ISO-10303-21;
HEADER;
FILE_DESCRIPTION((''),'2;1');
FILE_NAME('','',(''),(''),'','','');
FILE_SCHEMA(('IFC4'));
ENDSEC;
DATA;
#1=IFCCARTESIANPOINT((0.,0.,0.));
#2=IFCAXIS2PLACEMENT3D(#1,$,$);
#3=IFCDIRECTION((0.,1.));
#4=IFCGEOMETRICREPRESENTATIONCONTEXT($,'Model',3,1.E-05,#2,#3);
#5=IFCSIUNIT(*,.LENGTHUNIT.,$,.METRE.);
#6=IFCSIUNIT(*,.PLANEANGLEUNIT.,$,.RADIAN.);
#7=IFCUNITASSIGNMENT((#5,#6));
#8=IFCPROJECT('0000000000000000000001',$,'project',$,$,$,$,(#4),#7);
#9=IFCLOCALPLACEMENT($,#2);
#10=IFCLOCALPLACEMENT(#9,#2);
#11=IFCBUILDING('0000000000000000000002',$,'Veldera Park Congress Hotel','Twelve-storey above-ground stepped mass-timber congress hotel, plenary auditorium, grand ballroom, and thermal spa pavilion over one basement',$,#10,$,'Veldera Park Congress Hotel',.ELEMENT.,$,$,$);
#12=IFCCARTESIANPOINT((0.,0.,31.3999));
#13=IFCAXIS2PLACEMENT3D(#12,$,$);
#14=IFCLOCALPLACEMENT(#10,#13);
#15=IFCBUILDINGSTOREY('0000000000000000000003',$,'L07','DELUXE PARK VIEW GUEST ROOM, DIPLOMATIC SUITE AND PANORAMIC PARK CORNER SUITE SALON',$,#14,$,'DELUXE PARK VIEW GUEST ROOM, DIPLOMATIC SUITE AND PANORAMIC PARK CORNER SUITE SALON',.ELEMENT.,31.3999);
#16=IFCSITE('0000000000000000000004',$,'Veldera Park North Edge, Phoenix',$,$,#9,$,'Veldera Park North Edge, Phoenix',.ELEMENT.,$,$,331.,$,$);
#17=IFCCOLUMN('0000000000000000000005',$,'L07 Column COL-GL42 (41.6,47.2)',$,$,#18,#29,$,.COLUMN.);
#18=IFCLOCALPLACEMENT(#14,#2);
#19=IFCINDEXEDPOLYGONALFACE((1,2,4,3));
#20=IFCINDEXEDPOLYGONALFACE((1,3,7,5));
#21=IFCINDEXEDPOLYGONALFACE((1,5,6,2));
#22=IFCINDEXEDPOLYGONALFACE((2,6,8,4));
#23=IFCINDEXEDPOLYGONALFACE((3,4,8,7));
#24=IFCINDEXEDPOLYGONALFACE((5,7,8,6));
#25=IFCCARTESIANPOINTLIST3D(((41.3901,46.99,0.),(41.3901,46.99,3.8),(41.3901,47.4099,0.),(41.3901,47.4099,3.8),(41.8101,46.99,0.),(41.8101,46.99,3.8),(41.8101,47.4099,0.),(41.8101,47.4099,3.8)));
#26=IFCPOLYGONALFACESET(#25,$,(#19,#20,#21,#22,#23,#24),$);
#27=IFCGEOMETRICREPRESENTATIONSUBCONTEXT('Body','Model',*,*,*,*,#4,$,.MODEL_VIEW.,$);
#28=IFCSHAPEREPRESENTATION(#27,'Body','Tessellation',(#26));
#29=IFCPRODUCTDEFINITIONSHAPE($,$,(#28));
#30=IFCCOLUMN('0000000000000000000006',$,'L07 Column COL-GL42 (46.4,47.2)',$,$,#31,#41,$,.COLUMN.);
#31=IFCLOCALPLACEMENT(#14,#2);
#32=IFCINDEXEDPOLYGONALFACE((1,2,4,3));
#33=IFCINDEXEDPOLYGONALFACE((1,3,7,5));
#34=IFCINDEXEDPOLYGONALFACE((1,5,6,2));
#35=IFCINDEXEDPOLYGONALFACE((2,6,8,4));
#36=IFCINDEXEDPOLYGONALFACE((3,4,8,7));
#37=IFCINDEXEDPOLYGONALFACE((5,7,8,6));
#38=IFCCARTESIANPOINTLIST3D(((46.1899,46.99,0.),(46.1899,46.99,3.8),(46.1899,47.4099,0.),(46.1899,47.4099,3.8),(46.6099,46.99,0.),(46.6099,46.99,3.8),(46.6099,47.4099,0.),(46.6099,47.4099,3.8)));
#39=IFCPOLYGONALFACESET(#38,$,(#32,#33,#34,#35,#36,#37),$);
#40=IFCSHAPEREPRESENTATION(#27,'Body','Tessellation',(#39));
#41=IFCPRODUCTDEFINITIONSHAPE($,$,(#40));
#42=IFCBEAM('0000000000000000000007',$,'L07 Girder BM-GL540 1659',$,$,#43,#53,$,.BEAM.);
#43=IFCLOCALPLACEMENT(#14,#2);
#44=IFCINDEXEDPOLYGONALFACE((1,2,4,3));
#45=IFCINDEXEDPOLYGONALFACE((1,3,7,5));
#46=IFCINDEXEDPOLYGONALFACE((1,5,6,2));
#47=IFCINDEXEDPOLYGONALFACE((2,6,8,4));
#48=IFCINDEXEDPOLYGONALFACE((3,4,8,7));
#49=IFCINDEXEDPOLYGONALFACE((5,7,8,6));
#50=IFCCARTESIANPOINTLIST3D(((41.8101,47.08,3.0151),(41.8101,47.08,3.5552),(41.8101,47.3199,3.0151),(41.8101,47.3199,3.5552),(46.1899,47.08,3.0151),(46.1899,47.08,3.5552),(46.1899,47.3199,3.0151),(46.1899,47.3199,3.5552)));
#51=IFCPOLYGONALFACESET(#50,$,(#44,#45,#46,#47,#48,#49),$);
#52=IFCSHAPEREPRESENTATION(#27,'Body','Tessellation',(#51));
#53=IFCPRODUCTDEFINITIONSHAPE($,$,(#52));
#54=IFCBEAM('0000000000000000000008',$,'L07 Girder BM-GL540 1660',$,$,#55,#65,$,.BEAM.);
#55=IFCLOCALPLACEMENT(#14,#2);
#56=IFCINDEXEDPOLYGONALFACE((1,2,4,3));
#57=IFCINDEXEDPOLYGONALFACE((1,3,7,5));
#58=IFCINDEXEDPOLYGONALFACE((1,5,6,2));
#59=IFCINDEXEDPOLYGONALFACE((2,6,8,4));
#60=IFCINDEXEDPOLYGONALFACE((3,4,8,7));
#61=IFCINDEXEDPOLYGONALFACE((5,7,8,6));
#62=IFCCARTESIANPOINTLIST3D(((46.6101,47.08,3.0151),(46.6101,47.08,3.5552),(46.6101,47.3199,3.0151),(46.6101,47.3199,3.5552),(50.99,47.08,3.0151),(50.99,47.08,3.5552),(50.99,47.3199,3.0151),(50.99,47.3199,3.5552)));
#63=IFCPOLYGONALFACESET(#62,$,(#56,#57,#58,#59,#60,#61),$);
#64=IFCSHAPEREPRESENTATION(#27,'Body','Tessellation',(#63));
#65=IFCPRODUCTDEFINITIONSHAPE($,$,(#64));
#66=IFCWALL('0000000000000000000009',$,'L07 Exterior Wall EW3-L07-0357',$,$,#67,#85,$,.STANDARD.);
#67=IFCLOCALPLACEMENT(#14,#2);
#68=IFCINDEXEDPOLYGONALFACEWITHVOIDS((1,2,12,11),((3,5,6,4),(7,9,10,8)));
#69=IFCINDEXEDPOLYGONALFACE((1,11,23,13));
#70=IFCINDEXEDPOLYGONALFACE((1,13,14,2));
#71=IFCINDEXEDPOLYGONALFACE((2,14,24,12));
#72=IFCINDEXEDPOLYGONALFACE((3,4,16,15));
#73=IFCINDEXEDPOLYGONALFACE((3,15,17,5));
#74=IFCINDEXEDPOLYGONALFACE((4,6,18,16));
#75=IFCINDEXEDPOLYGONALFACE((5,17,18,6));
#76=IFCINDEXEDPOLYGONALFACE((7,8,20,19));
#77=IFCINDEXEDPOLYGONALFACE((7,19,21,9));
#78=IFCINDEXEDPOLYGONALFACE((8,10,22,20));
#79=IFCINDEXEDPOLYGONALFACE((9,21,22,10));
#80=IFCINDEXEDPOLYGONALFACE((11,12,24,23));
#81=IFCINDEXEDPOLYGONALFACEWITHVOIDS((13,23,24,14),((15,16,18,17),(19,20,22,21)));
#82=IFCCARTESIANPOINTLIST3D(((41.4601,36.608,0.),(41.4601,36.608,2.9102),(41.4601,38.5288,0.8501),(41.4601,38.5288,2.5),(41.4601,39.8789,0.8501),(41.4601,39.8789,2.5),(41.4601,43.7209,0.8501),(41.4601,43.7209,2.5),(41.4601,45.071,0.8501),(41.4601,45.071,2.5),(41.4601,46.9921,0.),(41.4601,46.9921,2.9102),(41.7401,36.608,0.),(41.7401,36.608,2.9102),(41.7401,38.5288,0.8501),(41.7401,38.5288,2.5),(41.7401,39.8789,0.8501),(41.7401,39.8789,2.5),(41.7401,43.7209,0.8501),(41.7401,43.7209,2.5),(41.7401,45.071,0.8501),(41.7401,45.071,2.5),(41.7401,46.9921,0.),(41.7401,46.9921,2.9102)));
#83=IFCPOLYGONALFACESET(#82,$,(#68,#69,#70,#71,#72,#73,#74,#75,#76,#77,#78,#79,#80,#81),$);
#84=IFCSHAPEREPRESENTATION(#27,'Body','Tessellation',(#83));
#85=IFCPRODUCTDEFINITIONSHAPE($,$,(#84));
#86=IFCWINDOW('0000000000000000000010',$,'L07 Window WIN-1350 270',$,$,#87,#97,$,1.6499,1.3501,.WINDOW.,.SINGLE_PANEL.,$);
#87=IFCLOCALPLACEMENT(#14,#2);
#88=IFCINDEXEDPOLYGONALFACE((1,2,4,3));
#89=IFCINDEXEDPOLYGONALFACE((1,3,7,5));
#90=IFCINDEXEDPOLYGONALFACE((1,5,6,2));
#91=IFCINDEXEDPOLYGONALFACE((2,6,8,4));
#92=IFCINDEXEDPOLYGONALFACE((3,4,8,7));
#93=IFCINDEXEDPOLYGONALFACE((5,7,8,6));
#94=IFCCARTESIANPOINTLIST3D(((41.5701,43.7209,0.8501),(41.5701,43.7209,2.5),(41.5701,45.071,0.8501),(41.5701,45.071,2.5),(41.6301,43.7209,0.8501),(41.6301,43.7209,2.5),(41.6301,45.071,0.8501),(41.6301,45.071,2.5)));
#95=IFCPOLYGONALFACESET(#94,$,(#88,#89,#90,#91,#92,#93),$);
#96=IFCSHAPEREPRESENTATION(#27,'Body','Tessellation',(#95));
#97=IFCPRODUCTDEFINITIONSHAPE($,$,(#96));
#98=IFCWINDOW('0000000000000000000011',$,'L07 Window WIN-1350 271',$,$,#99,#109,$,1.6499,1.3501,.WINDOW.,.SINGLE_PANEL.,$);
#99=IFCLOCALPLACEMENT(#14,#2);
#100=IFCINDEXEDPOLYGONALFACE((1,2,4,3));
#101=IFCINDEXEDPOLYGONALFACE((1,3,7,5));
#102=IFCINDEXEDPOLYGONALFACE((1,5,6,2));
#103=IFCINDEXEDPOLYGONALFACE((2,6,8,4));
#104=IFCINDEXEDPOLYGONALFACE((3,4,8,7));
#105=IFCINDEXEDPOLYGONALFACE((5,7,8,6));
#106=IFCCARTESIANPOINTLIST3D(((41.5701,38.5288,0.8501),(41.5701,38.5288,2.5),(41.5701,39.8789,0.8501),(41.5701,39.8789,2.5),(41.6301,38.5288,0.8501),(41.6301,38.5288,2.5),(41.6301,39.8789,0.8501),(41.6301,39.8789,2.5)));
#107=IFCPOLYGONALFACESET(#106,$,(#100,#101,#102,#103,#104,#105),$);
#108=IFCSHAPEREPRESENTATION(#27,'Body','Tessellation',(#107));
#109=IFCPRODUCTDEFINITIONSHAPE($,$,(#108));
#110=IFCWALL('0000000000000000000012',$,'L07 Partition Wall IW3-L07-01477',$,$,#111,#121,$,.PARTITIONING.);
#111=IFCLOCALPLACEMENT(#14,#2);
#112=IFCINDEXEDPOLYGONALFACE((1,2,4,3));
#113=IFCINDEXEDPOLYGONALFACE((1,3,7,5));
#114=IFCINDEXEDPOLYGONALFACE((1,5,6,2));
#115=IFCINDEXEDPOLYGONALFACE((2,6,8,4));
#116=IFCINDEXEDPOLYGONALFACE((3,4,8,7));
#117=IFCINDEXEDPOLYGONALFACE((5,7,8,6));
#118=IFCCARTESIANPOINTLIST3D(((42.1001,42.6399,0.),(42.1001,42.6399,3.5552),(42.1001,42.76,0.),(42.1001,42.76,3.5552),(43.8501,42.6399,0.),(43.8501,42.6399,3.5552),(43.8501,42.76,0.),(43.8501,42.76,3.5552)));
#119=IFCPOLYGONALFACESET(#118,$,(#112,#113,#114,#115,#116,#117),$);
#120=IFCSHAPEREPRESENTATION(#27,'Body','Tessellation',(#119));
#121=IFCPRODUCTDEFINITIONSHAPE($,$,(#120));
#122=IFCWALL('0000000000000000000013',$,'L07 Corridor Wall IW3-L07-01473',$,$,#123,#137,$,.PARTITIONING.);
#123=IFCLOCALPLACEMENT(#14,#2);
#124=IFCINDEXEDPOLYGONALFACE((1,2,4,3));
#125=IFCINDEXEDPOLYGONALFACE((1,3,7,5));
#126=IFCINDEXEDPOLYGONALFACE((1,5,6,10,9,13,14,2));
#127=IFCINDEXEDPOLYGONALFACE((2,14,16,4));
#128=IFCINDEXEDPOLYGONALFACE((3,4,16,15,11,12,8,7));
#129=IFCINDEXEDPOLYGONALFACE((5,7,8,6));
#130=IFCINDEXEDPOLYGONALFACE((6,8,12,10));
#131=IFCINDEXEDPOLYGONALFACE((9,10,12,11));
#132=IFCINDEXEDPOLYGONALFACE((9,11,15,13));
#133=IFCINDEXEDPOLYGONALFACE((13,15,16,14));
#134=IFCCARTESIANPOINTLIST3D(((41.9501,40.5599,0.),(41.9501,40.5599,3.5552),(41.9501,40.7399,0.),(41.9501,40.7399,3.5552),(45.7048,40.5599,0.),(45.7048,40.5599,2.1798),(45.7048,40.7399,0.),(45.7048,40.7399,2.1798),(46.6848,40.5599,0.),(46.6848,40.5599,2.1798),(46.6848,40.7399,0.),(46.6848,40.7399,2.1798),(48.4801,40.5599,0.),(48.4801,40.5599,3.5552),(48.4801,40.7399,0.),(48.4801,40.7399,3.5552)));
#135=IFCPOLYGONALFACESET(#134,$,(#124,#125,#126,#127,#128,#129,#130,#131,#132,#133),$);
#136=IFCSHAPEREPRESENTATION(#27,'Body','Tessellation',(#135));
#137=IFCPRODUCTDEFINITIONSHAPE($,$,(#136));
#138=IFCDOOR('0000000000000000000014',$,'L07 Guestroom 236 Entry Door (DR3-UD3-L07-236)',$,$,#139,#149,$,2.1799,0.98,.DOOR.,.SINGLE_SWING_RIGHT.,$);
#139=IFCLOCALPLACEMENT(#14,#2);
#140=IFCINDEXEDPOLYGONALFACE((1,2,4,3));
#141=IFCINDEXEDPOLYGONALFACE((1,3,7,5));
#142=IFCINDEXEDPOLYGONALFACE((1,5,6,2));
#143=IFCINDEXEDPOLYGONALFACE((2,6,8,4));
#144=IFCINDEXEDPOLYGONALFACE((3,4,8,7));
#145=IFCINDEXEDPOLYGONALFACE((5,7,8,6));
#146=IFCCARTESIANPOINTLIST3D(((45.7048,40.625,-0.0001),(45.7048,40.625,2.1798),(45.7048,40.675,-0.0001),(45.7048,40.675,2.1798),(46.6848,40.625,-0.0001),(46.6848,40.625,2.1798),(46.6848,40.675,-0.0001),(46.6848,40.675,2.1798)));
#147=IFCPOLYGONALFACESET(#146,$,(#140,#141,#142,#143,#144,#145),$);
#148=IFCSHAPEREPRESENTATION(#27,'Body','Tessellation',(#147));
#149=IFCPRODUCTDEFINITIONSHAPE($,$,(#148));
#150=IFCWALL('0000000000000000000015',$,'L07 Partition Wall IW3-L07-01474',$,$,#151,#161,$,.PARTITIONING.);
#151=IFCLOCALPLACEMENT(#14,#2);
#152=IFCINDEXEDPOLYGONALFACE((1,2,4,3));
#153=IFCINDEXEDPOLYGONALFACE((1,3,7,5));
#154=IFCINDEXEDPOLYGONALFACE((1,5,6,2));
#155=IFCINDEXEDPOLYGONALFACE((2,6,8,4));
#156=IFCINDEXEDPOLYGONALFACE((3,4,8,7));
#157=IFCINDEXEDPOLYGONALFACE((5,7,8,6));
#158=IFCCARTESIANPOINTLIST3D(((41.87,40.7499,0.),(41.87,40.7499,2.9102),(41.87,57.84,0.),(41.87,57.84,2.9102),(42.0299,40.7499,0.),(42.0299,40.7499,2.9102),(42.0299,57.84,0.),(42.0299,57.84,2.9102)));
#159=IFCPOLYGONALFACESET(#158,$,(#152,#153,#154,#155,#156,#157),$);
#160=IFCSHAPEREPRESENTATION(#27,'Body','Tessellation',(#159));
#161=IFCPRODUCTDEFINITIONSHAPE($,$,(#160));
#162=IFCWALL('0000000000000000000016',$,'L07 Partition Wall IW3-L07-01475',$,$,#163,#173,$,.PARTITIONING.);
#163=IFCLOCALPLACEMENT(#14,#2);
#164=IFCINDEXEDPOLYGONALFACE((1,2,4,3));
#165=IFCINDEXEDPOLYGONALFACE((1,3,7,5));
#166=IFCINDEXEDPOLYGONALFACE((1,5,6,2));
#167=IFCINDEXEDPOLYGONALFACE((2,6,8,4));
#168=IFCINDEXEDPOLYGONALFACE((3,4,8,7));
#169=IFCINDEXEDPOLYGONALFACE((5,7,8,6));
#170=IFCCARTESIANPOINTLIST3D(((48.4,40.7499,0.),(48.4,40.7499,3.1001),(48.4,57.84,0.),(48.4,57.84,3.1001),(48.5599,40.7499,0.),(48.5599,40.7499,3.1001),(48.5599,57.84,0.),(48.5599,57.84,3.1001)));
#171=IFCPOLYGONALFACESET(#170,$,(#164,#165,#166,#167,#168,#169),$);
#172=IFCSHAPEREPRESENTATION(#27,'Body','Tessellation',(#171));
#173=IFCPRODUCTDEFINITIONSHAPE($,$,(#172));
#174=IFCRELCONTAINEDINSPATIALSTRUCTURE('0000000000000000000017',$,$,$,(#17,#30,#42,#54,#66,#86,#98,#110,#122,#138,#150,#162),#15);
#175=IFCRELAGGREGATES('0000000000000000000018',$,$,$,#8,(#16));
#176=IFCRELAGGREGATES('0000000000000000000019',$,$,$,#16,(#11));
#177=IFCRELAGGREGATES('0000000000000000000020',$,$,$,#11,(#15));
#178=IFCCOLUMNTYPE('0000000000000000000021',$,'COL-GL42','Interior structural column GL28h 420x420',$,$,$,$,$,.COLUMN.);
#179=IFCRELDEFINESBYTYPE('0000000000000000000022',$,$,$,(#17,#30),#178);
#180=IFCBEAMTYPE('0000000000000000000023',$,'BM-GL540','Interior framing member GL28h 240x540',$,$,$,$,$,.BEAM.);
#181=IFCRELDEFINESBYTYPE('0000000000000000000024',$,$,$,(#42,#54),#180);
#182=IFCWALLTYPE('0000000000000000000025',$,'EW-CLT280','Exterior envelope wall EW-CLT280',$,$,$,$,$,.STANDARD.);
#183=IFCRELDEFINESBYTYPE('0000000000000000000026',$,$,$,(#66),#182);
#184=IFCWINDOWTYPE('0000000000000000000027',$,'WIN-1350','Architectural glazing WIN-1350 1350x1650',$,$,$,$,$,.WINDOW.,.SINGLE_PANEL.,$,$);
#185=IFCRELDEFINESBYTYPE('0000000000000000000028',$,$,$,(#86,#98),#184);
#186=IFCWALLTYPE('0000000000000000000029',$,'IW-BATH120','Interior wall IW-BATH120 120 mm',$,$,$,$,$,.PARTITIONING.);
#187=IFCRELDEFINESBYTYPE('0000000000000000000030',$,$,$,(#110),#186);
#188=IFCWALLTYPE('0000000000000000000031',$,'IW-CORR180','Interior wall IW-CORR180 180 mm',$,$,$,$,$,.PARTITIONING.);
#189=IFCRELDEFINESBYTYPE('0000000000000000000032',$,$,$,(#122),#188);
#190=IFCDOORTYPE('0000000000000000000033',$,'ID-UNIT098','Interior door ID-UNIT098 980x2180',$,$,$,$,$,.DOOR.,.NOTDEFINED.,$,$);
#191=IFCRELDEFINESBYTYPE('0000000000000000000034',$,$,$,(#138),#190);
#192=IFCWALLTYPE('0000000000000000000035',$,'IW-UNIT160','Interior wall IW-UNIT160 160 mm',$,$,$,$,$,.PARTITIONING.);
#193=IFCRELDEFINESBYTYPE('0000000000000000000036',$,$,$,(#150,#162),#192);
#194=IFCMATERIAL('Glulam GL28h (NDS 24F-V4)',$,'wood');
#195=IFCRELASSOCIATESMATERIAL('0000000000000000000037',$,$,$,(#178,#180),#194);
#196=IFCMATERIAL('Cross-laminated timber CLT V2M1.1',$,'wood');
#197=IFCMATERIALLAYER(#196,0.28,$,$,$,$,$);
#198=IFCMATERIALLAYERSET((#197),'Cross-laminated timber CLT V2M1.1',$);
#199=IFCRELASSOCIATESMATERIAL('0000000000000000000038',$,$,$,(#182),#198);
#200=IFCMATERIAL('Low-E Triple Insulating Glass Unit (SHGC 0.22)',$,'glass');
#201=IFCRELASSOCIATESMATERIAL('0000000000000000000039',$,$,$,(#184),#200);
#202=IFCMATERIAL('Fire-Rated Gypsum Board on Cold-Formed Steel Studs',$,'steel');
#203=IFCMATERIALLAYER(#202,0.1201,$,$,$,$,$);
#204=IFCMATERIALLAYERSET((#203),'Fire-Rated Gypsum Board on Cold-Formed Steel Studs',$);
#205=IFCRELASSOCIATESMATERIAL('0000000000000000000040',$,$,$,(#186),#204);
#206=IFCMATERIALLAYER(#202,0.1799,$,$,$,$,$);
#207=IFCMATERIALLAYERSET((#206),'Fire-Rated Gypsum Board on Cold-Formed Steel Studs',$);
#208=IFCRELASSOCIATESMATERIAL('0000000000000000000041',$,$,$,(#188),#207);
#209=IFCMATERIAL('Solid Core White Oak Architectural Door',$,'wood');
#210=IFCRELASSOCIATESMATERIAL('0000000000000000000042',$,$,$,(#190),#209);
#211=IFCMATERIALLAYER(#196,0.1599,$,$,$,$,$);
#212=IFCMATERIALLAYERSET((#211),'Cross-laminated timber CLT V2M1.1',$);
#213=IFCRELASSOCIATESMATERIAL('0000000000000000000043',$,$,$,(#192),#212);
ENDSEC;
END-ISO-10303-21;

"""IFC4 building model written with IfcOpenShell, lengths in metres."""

from ifc_helpers import new_model, si_unit, direction, frame, frame_2d, origin, origin_2d, place, context, subcontext, project, spatial, rectangle, extrude, material, layer, layer_set, material_profile, profile_set, type_object, element, fill, save


model = new_model("IFC4")

# Units and contexts
model_context = context("Model", 3, precision=1e-05, world=origin(), true_north=direction((0.0, 1.0)))
body_context = subcontext(model_context, "Body", "Model", "MODEL_VIEW")
ifc_project = project(units=[si_unit("LENGTHUNIT", "METRE"), si_unit("PLANEANGLEUNIT", "RADIAN")], contexts=[model_context])

# Site, building, storey
site_placement = place(None, origin())
site = spatial("IfcSite", under=ifc_project, at=site_placement, Name="Veldera Park North Edge, Phoenix", LongName="Veldera Park North Edge, Phoenix", CompositionType="ELEMENT", RefElevation=331.0)
building_placement = place(site_placement, origin())
building = spatial("IfcBuilding", under=site, at=building_placement, Name="Veldera Park Congress Hotel", Description="Twelve-storey above-ground stepped mass-timber congress hotel, plenary auditorium, grand ballroom, and thermal spa pavilion over one basement", LongName="Veldera Park Congress Hotel", CompositionType="ELEMENT")
storey_placement = place(building_placement, frame((0.0, 0.0, 31.3999)))
storey = spatial("IfcBuildingStorey", under=building, at=storey_placement, Name="L07", Description="DELUXE PARK VIEW GUEST ROOM, DIPLOMATIC SUITE AND PANORAMIC PARK CORNER SUITE SALON", LongName="DELUXE PARK VIEW GUEST ROOM, DIPLOMATIC SUITE AND PANORAMIC PARK CORNER SUITE SALON", CompositionType="ELEMENT", Elevation=31.3999)

# Columns
ifc_material_1 = material(Name="Glulam GL28h (NDS 24F-V4)", Category="wood")
ifc_material_profile_1 = material_profile(ifc_material_1, rectangle(XDim=0.4199, YDim=0.4199, at=origin_2d()), Name="GL28h 420x420")
ifc_profile_set_1 = profile_set([ifc_material_profile_1], Name="Glulam GL28h (NDS 24F-V4)")
column_type = type_object("IfcColumnType", Name="COL-GL42", Description="Interior structural column GL28h 420x420", PredefinedType="COLUMN", material=ifc_profile_set_1)
for number, where, z_axis, x_axis, name in (
    (1, (41.6001, 47.2, 0.0), (0.0, 0.0, 1.0), (1.0, 0.0, 0.0), "L07 Column COL-GL42 (41.6,47.2)"),
    (2, (46.3999, 47.2, 0.0), (0.0, 0.0, 1.0), (1.0, 0.0, 0.0), "L07 Column COL-GL42 (46.4,47.2)"),
):
    element("IfcColumn", number, at=place(storey_placement, frame(where, z_axis=z_axis, x_axis=x_axis)), inside=storey, type_object=column_type, Name=name, PredefinedType="COLUMN", context=body_context, shape_type="SweptSolid", body=[
        extrude(rectangle(XDim=0.4199, YDim=0.4199, at=origin_2d()), origin(), (0.0, 0.0, 1.0), 3.8),
    ])

# Beams
ifc_material_profile_2 = material_profile(ifc_material_1, rectangle(XDim=0.24, YDim=0.54, at=origin_2d()), Name="GL28h 240x540")
ifc_profile_set_2 = profile_set([ifc_material_profile_2], Name="Glulam GL28h (NDS 24F-V4)")
beam_type = type_object("IfcBeamType", Name="BM-GL540", Description="Interior framing member GL28h 240x540", PredefinedType="BEAM", material=ifc_profile_set_2)
for number, where, z_axis, x_axis, name in (
    (3, (41.8101, 47.2, 3.2852), (1.0, 0.0, 0.0), (0.0, 1.0, 0.0), "L07 Girder BM-GL540 1659"),
    (4, (46.6101, 47.2, 3.2852), (1.0, 0.0, 0.0), (0.0, 1.0, 0.0), "L07 Girder BM-GL540 1660"),
):
    element("IfcBeam", number, at=place(storey_placement, frame(where, z_axis=z_axis, x_axis=x_axis)), inside=storey, type_object=beam_type, Name=name, PredefinedType="BEAM", context=body_context, shape_type="SweptSolid", body=[
        extrude(rectangle(XDim=0.24, YDim=0.54, at=origin_2d()), origin(), (0.0, 0.0, 1.0), 4.3799),
    ])

# Wall, openings, windows
ifc_material_2 = material(Name="Cross-laminated timber CLT V2M1.1", Category="wood")
ifc_layer_1 = layer(ifc_material_2, 0.28)
ifc_layer_set_1 = layer_set([ifc_layer_1], Name="Cross-laminated timber CLT V2M1.1")
wall_type_1 = type_object("IfcWallType", Name="EW-CLT280", Description="Exterior envelope wall EW-CLT280", PredefinedType="STANDARD", material=ifc_layer_set_1)
wall_1_placement = place(storey_placement, frame((41.6001, 46.9919, 0.0), z_axis=(0.0, 0.0, 1.0), x_axis=(0.0, -1.0, 0.0)))
wall_1 = element("IfcWall", 5, at=wall_1_placement, inside=storey, type_object=wall_type_1, Name="L07 Exterior Wall EW3-L07-0357", PredefinedType="STANDARD", context=body_context, shape_type="SweptSolid", body=[
    extrude(rectangle(XDim=10.384, YDim=0.28, at=frame_2d((5.1919, 0.0))), origin(), (0.0, 0.0, 1.0), 2.9102),
])
opening_1_placement = place(wall_1_placement, frame((1.9209, 0.0, 0.8501)))
opening_1 = element("IfcOpeningElement", 6, at=opening_1_placement, cuts=wall_1, PredefinedType="OPENING", context=body_context, shape_type="SweptSolid", body=[
    extrude(rectangle(XDim=1.3501, YDim=1.6499, at=frame_2d((0.675, 0.825))), frame((0.0, 0.1521, 0.0), z_axis=(0.0, -1.0, 0.0), x_axis=(1.0, 0.0, 0.0)), (0.0, 0.0, 1.0), 0.304),
])
opening_2_placement = place(wall_1_placement, frame((7.113, 0.0, 0.8501)))
opening_2 = element("IfcOpeningElement", 7, at=opening_2_placement, cuts=wall_1, PredefinedType="OPENING", context=body_context, shape_type="SweptSolid", body=[
    extrude(rectangle(XDim=1.3501, YDim=1.6499, at=frame_2d((0.675, 0.825))), frame((0.0, 0.1521, 0.0), z_axis=(0.0, -1.0, 0.0), x_axis=(1.0, 0.0, 0.0)), (0.0, 0.0, 1.0), 0.304),
])
ifc_material_3 = material(Name="Low-E Triple Insulating Glass Unit (SHGC 0.22)", Category="glass")
window_type = type_object("IfcWindowType", Name="WIN-1350", Description="Architectural glazing WIN-1350 1350x1650", PartitioningType="SINGLE_PANEL", PredefinedType="WINDOW", material=ifc_material_3)
window_1_placement = place(opening_1_placement, origin())
window_1 = element("IfcWindow", 8, at=window_1_placement, inside=storey, type_object=window_type, Name="L07 Window WIN-1350 270", OverallHeight=1.6499, OverallWidth=1.3501, PartitioningType="SINGLE_PANEL", PredefinedType="WINDOW", context=body_context, shape_type="SweptSolid", body=[
    extrude(rectangle(XDim=1.3501, YDim=1.6499, at=frame_2d((0.675, 0.825))), frame((0.0, 0.03, 0.0), z_axis=(0.0, -1.0, 0.0), x_axis=(1.0, 0.0, 0.0)), (0.0, 0.0, 1.0), 0.0601),
])
fill(opening_1, window_1)
window_2_placement = place(opening_2_placement, origin())
window_2 = element("IfcWindow", 9, at=window_2_placement, inside=storey, type_object=window_type, Name="L07 Window WIN-1350 271", OverallHeight=1.6499, OverallWidth=1.3501, PartitioningType="SINGLE_PANEL", PredefinedType="WINDOW", context=body_context, shape_type="SweptSolid", body=[
    extrude(rectangle(XDim=1.3501, YDim=1.6499, at=frame_2d((0.675, 0.825))), frame((0.0, 0.03, 0.0), z_axis=(0.0, -1.0, 0.0), x_axis=(1.0, 0.0, 0.0)), (0.0, 0.0, 1.0), 0.0601),
])
fill(opening_2, window_2)

# Shared definitions
ifc_material_4 = material(Name="Fire-Rated Gypsum Board on Cold-Formed Steel Studs", Category="steel")
ifc_layer_2 = layer(ifc_material_4, 0.1201)
ifc_layer_set_2 = layer_set([ifc_layer_2], Name="Fire-Rated Gypsum Board on Cold-Formed Steel Studs")
wall_type_2 = type_object("IfcWallType", Name="IW-BATH120", Description="Interior wall IW-BATH120 120 mm", PredefinedType="PARTITIONING", material=ifc_layer_set_2)
ifc_material_5 = material(Name="Solid Core White Oak Architectural Door", Category="wood")

# Wall
wall_2_placement = place(storey_placement, frame((42.1001, 42.7, 0.0), z_axis=(0.0, 0.0, 1.0), x_axis=(1.0, 0.0, 0.0)))
element("IfcWall", 10, at=wall_2_placement, inside=storey, type_object=wall_type_2, Name="L07 Partition Wall IW3-L07-01477", PredefinedType="PARTITIONING", context=body_context, shape_type="SweptSolid", body=[
    extrude(rectangle(XDim=1.75, YDim=0.1201, at=frame_2d((0.875, 0.0))), origin(), (0.0, 0.0, 1.0), 3.5552),
])

# Wall, opening, door
ifc_layer_3 = layer(ifc_material_4, 0.1799)
ifc_layer_set_3 = layer_set([ifc_layer_3], Name="Fire-Rated Gypsum Board on Cold-Formed Steel Studs")
wall_type_3 = type_object("IfcWallType", Name="IW-CORR180", Description="Interior wall IW-CORR180 180 mm", PredefinedType="PARTITIONING", material=ifc_layer_set_3)
wall_3_placement = place(storey_placement, frame((41.95, 40.6499, 0.0), z_axis=(0.0, 0.0, 1.0), x_axis=(1.0, 0.0, 0.0)))
wall_3 = element("IfcWall", 11, at=wall_3_placement, inside=storey, type_object=wall_type_3, Name="L07 Corridor Wall IW3-L07-01473", PredefinedType="PARTITIONING", context=body_context, shape_type="SweptSolid", body=[
    extrude(rectangle(XDim=6.53, YDim=0.1799, at=frame_2d((3.2651, 0.0))), origin(), (0.0, 0.0, 1.0), 3.5552),
])
opening_3_placement = place(wall_3_placement, frame((3.7549, 0.0, 0.0)))
opening_3 = element("IfcOpeningElement", 12, at=opening_3_placement, cuts=wall_3, PredefinedType="OPENING", context=body_context, shape_type="SweptSolid", body=[
    extrude(rectangle(XDim=0.98, YDim=2.1799, at=frame_2d((0.49, 1.0898))), frame((0.0, 0.1021, 0.0), z_axis=(0.0, -1.0, 0.0), x_axis=(1.0, 0.0, 0.0)), (0.0, 0.0, 1.0), 0.2039),
])
door_type_1 = type_object("IfcDoorType", Name="ID-UNIT098", Description="Interior door ID-UNIT098 980x2180", OperationType="NOTDEFINED", PredefinedType="DOOR", material=ifc_material_5)
door_1_placement = place(opening_3_placement, frame((0.98, 0.0, 0.0), z_axis=(0.0, 0.0, 1.0), x_axis=(-1.0, 0.0, 0.0)))
door_1 = element("IfcDoor", 13, at=door_1_placement, inside=storey, type_object=door_type_1, Name="L07 Guestroom 236 Entry Door (DR3-UD3-L07-236)", OperationType="SINGLE_SWING_RIGHT", OverallHeight=2.1799, OverallWidth=0.98, PredefinedType="DOOR", context=body_context, shape_type="SweptSolid", body=[
    extrude(rectangle(XDim=0.98, YDim=2.1799, at=frame_2d((0.49, 1.0898))), frame((0.0, 0.0249, 0.0), z_axis=(0.0, -1.0, 0.0), x_axis=(1.0, 0.0, 0.0)), (0.0, 0.0, 1.0), 0.05),
])
fill(opening_3, door_1)

# Walls
ifc_layer_4 = layer(ifc_material_2, 0.1599)
ifc_layer_set_4 = layer_set([ifc_layer_4], Name="Cross-laminated timber CLT V2M1.1")
wall_type_4 = type_object("IfcWallType", Name="IW-UNIT160", Description="Interior wall IW-UNIT160 160 mm", PredefinedType="PARTITIONING", material=ifc_layer_set_4)
wall_4_placement = place(storey_placement, frame((41.95, 40.75, 0.0), z_axis=(0.0, 0.0, 1.0), x_axis=(0.0, 1.0, 0.0)))
element("IfcWall", 14, at=wall_4_placement, inside=storey, type_object=wall_type_4, Name="L07 Partition Wall IW3-L07-01474", PredefinedType="PARTITIONING", context=body_context, shape_type="SweptSolid", body=[
    extrude(rectangle(XDim=17.0901, YDim=0.1599, at=frame_2d((8.5449, 0.0))), origin(), (0.0, 0.0, 1.0), 2.9102),
])
wall_5_placement = place(storey_placement, frame((48.48, 40.75, 0.0), z_axis=(0.0, 0.0, 1.0), x_axis=(0.0, 1.0, 0.0)))
element("IfcWall", 15, at=wall_5_placement, inside=storey, type_object=wall_type_4, Name="L07 Partition Wall IW3-L07-01475", PredefinedType="PARTITIONING", context=body_context, shape_type="SweptSolid", body=[
    extrude(rectangle(XDim=17.0901, YDim=0.1599, at=frame_2d((8.5449, 0.0))), origin(), (0.0, 0.0, 1.0), 3.1001),
])

save(model, "model.ifc")
